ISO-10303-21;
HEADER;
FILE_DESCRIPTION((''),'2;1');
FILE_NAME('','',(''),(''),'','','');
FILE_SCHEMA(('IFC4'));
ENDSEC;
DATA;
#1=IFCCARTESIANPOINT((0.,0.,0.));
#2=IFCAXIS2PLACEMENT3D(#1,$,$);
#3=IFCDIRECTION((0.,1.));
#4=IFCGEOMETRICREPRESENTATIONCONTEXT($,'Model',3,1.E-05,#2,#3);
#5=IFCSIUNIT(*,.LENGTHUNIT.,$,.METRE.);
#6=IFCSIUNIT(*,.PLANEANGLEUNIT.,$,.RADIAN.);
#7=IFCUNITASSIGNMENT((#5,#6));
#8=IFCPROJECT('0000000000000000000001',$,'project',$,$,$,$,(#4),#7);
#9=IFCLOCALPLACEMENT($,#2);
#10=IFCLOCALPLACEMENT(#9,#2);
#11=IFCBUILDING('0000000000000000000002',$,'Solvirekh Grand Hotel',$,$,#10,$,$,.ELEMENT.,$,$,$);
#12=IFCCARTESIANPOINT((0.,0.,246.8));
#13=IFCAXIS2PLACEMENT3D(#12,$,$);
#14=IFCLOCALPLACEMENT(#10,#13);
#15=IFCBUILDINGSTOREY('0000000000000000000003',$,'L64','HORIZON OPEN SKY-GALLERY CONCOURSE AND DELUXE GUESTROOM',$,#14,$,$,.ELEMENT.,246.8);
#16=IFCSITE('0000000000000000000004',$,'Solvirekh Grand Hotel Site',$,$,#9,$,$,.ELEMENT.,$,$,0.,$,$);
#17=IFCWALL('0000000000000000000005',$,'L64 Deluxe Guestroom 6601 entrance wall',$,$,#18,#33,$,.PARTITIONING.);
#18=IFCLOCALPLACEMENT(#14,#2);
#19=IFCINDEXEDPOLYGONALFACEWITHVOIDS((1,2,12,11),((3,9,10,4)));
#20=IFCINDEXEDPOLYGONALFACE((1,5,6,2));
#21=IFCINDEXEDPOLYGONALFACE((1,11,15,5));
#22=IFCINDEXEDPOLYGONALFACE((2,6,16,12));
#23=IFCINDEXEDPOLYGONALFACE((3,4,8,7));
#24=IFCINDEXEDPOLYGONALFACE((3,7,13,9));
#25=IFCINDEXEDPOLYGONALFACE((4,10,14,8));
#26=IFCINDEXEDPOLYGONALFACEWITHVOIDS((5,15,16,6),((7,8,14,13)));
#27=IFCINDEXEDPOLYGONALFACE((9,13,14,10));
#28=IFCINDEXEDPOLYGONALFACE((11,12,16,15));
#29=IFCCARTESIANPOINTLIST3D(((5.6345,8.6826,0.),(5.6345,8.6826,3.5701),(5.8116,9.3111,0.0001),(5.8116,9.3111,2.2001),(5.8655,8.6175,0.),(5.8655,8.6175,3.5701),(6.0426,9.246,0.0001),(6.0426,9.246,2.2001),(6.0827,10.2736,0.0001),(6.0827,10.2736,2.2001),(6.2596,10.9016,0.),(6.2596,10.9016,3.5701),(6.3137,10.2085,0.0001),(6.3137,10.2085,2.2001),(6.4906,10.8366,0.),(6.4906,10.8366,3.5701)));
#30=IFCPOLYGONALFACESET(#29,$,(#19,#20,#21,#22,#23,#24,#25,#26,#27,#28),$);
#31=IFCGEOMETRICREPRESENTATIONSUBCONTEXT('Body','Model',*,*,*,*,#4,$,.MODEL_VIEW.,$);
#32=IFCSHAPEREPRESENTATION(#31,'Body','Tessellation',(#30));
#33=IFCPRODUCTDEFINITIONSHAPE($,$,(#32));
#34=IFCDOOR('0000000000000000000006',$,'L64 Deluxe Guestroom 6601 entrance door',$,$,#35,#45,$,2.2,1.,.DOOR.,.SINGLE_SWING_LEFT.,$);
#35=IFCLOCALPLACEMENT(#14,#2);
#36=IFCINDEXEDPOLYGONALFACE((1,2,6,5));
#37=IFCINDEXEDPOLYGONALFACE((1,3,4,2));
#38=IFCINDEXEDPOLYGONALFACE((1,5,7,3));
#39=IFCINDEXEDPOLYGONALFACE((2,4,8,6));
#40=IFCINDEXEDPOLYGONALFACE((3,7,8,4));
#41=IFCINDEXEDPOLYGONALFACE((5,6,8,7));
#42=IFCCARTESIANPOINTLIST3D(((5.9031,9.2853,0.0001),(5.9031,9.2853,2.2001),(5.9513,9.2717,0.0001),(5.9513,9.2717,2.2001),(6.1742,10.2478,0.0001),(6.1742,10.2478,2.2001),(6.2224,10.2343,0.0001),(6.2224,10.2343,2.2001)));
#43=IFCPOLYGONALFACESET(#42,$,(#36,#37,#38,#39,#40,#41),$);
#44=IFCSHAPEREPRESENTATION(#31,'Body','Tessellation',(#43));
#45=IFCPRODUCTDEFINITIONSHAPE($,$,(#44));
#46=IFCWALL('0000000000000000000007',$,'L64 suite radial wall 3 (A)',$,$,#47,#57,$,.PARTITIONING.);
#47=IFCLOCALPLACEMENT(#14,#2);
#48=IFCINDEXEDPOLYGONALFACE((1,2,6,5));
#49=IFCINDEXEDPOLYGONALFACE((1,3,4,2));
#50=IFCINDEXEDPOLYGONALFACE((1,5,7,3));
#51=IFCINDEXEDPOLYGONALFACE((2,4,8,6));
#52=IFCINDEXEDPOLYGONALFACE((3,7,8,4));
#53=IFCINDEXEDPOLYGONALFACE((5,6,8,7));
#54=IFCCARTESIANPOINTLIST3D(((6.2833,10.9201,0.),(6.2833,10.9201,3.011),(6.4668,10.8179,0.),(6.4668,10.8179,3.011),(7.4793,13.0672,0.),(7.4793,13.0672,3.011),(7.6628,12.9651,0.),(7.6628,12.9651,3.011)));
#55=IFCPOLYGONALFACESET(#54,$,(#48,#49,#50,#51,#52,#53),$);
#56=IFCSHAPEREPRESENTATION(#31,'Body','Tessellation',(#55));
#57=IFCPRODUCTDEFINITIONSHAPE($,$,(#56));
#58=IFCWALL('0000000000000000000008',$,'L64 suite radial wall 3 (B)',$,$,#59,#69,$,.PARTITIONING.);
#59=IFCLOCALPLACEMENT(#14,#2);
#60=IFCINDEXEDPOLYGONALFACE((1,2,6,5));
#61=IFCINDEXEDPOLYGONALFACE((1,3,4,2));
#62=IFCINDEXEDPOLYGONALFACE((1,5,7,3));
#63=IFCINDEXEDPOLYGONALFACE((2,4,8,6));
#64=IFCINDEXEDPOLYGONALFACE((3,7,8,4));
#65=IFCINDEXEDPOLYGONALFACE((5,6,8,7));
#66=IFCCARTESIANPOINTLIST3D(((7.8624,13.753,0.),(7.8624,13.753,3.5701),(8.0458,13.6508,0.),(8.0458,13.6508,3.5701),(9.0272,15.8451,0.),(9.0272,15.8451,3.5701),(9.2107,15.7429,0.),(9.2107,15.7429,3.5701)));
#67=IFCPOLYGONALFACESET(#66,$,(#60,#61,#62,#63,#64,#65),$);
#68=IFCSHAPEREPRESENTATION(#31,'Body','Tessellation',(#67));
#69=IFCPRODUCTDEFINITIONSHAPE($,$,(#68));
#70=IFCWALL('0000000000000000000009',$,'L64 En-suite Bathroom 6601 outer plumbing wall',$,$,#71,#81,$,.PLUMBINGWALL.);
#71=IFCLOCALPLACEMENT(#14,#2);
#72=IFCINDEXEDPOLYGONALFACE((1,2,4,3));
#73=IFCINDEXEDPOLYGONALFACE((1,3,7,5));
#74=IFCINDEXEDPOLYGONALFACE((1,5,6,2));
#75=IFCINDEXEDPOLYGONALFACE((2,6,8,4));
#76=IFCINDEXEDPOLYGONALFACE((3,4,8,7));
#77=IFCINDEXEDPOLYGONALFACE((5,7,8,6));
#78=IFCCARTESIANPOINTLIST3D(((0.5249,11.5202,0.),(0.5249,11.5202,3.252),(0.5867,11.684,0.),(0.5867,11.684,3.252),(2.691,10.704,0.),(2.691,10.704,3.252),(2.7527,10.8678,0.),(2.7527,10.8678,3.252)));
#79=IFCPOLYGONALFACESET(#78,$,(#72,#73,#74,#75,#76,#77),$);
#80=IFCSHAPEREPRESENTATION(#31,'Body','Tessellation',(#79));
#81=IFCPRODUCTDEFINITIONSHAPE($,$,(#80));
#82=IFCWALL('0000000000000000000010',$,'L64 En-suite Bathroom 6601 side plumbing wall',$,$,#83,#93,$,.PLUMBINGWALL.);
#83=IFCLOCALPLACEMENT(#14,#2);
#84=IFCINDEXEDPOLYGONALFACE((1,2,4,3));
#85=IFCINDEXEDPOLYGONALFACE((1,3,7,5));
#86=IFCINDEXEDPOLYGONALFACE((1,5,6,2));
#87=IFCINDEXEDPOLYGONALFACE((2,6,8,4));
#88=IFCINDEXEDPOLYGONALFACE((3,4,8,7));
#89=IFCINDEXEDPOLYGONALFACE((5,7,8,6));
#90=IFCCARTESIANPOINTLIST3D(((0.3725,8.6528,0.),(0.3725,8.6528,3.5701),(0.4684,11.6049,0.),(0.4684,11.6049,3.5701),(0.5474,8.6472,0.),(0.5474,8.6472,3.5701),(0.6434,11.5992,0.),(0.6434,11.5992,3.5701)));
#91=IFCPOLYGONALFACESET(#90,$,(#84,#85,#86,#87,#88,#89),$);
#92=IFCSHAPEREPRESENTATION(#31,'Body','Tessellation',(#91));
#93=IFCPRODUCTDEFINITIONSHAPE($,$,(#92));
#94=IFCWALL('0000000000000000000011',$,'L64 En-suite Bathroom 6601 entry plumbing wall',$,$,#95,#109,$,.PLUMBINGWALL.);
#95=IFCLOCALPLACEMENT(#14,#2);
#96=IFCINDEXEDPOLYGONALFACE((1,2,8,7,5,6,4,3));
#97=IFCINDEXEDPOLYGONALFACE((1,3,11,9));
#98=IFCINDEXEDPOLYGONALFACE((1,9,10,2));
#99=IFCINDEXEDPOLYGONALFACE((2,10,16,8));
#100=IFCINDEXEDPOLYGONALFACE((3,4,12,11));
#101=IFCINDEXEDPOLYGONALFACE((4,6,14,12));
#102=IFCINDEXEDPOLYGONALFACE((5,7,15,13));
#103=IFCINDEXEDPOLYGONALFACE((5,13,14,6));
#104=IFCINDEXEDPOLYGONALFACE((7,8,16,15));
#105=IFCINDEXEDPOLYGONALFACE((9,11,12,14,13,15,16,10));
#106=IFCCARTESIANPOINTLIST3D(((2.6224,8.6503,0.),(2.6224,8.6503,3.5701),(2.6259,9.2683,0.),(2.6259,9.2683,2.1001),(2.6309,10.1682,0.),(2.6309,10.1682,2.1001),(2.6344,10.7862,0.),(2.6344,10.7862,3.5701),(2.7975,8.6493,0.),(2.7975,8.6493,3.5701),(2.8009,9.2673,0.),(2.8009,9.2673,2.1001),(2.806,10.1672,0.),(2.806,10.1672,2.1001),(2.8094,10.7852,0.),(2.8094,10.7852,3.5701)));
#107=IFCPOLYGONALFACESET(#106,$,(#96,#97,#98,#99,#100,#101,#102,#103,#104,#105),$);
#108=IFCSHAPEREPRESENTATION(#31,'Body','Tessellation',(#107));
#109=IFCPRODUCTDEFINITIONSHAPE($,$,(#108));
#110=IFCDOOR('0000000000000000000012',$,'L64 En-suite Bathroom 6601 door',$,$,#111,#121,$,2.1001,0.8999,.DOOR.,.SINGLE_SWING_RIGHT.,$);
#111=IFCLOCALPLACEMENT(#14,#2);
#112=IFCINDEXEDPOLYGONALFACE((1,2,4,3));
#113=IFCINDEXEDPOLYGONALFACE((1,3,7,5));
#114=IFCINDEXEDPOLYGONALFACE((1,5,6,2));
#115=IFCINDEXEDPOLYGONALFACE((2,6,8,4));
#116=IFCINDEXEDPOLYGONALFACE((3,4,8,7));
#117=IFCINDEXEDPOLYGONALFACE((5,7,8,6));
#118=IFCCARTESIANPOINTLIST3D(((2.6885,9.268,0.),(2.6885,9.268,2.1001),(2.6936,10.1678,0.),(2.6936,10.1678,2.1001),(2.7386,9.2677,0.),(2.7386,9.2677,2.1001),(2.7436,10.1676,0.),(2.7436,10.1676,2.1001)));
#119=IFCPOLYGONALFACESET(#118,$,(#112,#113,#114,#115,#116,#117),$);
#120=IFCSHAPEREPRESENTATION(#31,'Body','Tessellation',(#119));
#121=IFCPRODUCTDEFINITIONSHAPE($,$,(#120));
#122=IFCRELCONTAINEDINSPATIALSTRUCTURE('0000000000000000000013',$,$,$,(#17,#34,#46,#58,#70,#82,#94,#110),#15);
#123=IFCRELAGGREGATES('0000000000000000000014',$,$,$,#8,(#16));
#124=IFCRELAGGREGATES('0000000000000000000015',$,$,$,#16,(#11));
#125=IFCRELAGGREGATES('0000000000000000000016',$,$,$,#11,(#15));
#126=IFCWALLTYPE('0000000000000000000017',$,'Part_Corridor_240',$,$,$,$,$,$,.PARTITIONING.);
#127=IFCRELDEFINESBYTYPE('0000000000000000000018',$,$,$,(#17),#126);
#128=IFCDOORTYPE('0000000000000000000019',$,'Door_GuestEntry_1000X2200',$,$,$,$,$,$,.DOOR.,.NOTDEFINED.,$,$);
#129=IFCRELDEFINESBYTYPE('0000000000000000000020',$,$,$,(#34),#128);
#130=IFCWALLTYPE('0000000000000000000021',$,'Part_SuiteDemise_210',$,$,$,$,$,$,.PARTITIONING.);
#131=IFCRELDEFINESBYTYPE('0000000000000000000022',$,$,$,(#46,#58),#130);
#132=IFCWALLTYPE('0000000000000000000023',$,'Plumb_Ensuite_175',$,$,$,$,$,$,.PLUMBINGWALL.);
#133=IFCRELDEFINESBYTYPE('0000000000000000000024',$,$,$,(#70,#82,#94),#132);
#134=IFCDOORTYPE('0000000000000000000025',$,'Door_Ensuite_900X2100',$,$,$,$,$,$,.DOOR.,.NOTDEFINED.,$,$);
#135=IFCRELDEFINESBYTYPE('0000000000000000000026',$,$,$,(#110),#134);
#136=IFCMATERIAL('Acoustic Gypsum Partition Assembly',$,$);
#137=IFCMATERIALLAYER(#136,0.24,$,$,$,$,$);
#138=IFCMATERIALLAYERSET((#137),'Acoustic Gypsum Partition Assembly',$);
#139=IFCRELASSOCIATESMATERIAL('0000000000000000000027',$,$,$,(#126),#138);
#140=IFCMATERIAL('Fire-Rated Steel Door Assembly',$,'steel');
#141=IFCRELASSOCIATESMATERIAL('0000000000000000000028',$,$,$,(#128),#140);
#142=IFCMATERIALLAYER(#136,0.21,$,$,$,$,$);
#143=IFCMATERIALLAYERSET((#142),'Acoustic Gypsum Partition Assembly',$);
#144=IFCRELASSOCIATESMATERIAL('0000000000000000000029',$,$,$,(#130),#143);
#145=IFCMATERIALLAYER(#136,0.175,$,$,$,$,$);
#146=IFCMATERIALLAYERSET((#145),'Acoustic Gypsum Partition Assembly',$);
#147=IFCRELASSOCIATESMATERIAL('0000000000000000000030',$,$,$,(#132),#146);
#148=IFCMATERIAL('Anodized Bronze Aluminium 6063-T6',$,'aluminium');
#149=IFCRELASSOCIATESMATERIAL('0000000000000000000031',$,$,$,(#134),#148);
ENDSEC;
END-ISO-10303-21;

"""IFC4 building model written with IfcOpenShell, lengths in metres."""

from ifc_helpers import new_model, si_unit, direction, frame, frame_2d, origin, place, context, subcontext, project, spatial, rectangle, extrude, material, layer, layer_set, type_object, element, fill, save


model = new_model("IFC4")

# Units and contexts
model_context = context("Model", 3, precision=1e-05, world=origin(), true_north=direction((0.0, 1.0)))
body_context = subcontext(model_context, "Body", "Model", "MODEL_VIEW")
ifc_project = project(units=[si_unit("LENGTHUNIT", "METRE"), si_unit("PLANEANGLEUNIT", "RADIAN")], contexts=[model_context])

# Site, building, storey
site_placement = place(None, origin())
site = spatial("IfcSite", under=ifc_project, at=site_placement, Name="Solvirekh Grand Hotel Site", CompositionType="ELEMENT", RefElevation=0.0)
building_placement = place(site_placement, origin())
building = spatial("IfcBuilding", under=site, at=building_placement, Name="Solvirekh Grand Hotel", CompositionType="ELEMENT")
storey_placement = place(building_placement, frame((0.0, 0.0, 246.8)))
storey = spatial("IfcBuildingStorey", under=building, at=storey_placement, Name="L64", Description="HORIZON OPEN SKY-GALLERY CONCOURSE AND DELUXE GUESTROOM", CompositionType="ELEMENT", Elevation=246.8)

# Shared definitions
ifc_material_1 = material(Name="Anodized Bronze Aluminium 6063-T6", Category="aluminium")

# Shared definitions
ifc_material_2 = material(Name="Acoustic Gypsum Partition Assembly")
ifc_layer_1 = layer(ifc_material_2, 0.24)
ifc_layer_set_1 = layer_set([ifc_layer_1], Name="Acoustic Gypsum Partition Assembly")
wall_type_1 = type_object("IfcWallType", Name="Part_Corridor_240", PredefinedType="PARTITIONING", material=ifc_layer_set_1)

# Wall, opening, door
wall_1_placement = place(storey_placement, frame((5.75, 8.6499, 0.0), z_axis=(0.0, 0.0, 1.0), x_axis=(0.271111, 0.962548, 0.0)))
wall_1 = element("IfcWall", 1, at=wall_1_placement, inside=storey, type_object=wall_type_1, Name="L64 Deluxe Guestroom 6601 entrance wall", PredefinedType="PARTITIONING", context=body_context, shape_type="SweptSolid", body=[
    extrude(rectangle(XDim=2.3054, YDim=0.24, at=frame_2d((1.1528, 0.0))), origin(), (0.0, 0.0, 1.0), 3.5701),
])
opening_1_placement = place(wall_1_placement, frame((0.6531, 0.0, 0.0)))
opening_1 = element("IfcOpeningElement", 2, at=opening_1_placement, cuts=wall_1, PredefinedType="OPENING", context=body_context, shape_type="SweptSolid", body=[
    extrude(rectangle(XDim=1.0, YDim=2.2, at=frame_2d((0.5, 1.1001))), frame((0.0, 0.1299, 0.0), z_axis=(0.0, -1.0, 0.0), x_axis=(1.0, 0.0, 0.0)), (0.0, 0.0, 1.0), 0.26),
])
ifc_material_3 = material(Name="Fire-Rated Steel Door Assembly", Category="steel")
door_type_1 = type_object("IfcDoorType", Name="Door_GuestEntry_1000X2200", OperationType="NOTDEFINED", PredefinedType="DOOR", material=ifc_material_3)
door_1_placement = place(opening_1_placement, origin())
door_1 = element("IfcDoor", 3, at=door_1_placement, inside=storey, type_object=door_type_1, Name="L64 Deluxe Guestroom 6601 entrance door", OperationType="SINGLE_SWING_LEFT", OverallHeight=2.2, OverallWidth=1.0, PredefinedType="DOOR", context=body_context, shape_type="SweptSolid", body=[
    extrude(rectangle(XDim=1.0, YDim=2.2, at=frame_2d((0.5, 1.1001))), frame((0.0, 0.0249, 0.0), z_axis=(0.0, -1.0, 0.0), x_axis=(1.0, 0.0, 0.0)), (0.0, 0.0, 1.0), 0.05),
])
fill(opening_1, door_1)

# Walls
ifc_layer_2 = layer(ifc_material_2, 0.21)
ifc_layer_set_2 = layer_set([ifc_layer_2], Name="Acoustic Gypsum Partition Assembly")
wall_type_2 = type_object("IfcWallType", Name="Part_SuiteDemise_210", PredefinedType="PARTITIONING", material=ifc_layer_set_2)
wall_2_placement = place(storey_placement, frame((6.375, 10.8689, 0.0), z_axis=(0.0, 0.0, 1.0), x_axis=(0.486621, 0.873613, 0.0)))
element("IfcWall", 4, at=wall_2_placement, inside=storey, type_object=wall_type_2, Name="L64 suite radial wall 3 (A)", PredefinedType="PARTITIONING", context=body_context, shape_type="SweptSolid", body=[
    extrude(rectangle(XDim=2.4578, YDim=0.21, at=frame_2d((1.229, 0.0))), origin(), (0.0, 0.0, 1.0), 3.011),
])
wall_3_placement = place(storey_placement, frame((7.9541, 13.7019, 0.0), z_axis=(0.0, 0.0, 1.0), x_axis=(0.486456, 0.873705, 0.0)))
element("IfcWall", 5, at=wall_3_placement, inside=storey, type_object=wall_type_2, Name="L64 suite radial wall 3 (B)", PredefinedType="PARTITIONING", context=body_context, shape_type="SweptSolid", body=[
    extrude(rectangle(XDim=2.3945, YDim=0.21, at=frame_2d((1.1973, 0.0))), origin(), (0.0, 0.0, 1.0), 3.5701),
])
ifc_layer_3 = layer(ifc_material_2, 0.175)
ifc_layer_set_3 = layer_set([ifc_layer_3], Name="Acoustic Gypsum Partition Assembly")
wall_type_3 = type_object("IfcWallType", Name="Plumb_Ensuite_175", PredefinedType="PLUMBINGWALL", material=ifc_layer_set_3)
wall_4_placement = place(storey_placement, frame((0.5559, 11.6021, 0.0), z_axis=(0.0, 0.0, 1.0), x_axis=(0.935773, -0.352603, 0.0)))
element("IfcWall", 6, at=wall_4_placement, inside=storey, type_object=wall_type_3, Name="L64 En-suite Bathroom 6601 outer plumbing wall", PredefinedType="PLUMBINGWALL", context=body_context, shape_type="SweptSolid", body=[
    extrude(rectangle(XDim=2.3147, YDim=0.175, at=frame_2d((1.1572, 0.0))), origin(), (0.0, 0.0, 1.0), 3.252),
])
wall_5_placement = place(storey_placement, frame((0.5559, 11.6021, 0.0), z_axis=(0.0, 0.0, 1.0), x_axis=(-0.032484, -0.999472, 0.0)))
element("IfcWall", 7, at=wall_5_placement, inside=storey, type_object=wall_type_3, Name="L64 En-suite Bathroom 6601 side plumbing wall", PredefinedType="PLUMBINGWALL", context=body_context, shape_type="SweptSolid", body=[
    extrude(rectangle(XDim=2.9536, YDim=0.175, at=frame_2d((1.4768, 0.0))), origin(), (0.0, 0.0, 1.0), 3.5701),
])

# Wall, opening, door
wall_6_placement = place(storey_placement, frame((2.71, 8.6499, 0.0), z_axis=(0.0, 0.0, 1.0), x_axis=(0.005601, 0.999984, 0.0)))
wall_6 = element("IfcWall", 8, at=wall_6_placement, inside=storey, type_object=wall_type_3, Name="L64 En-suite Bathroom 6601 entry plumbing wall", PredefinedType="PLUMBINGWALL", context=body_context, shape_type="SweptSolid", body=[
    extrude(rectangle(XDim=2.136, YDim=0.175, at=frame_2d((1.0679, 0.0))), origin(), (0.0, 0.0, 1.0), 3.5701),
])
opening_2_placement = place(wall_6_placement, frame((0.6179, 0.0, 0.0)))
opening_2 = element("IfcOpeningElement", 9, at=opening_2_placement, cuts=wall_6, PredefinedType="OPENING", context=body_context, shape_type="SweptSolid", body=[
    extrude(rectangle(XDim=0.8999, YDim=2.1001, at=frame_2d((0.45, 1.05))), frame((0.0, 0.0977, 0.0), z_axis=(0.0, -1.0, 0.0), x_axis=(1.0, 0.0, 0.0)), (0.0, 0.0, 1.0), 0.1951),
])
door_type_2 = type_object("IfcDoorType", Name="Door_Ensuite_900X2100", OperationType="NOTDEFINED", PredefinedType="DOOR", material=ifc_material_1)
door_2_placement = place(opening_2_placement, origin())
door_2 = element("IfcDoor", 10, at=door_2_placement, inside=storey, type_object=door_type_2, Name="L64 En-suite Bathroom 6601 door", OperationType="SINGLE_SWING_RIGHT", OverallHeight=2.1001, OverallWidth=0.8999, PredefinedType="DOOR", context=body_context, shape_type="SweptSolid", body=[
    extrude(rectangle(XDim=0.8999, YDim=2.1001, at=frame_2d((0.45, 1.05))), frame((0.0, 0.0249, 0.0), z_axis=(0.0, -1.0, 0.0), x_axis=(1.0, 0.0, 0.0)), (0.0, 0.0, 1.0), 0.05),
])
fill(opening_2, door_2)

save(model, "model.ifc")
